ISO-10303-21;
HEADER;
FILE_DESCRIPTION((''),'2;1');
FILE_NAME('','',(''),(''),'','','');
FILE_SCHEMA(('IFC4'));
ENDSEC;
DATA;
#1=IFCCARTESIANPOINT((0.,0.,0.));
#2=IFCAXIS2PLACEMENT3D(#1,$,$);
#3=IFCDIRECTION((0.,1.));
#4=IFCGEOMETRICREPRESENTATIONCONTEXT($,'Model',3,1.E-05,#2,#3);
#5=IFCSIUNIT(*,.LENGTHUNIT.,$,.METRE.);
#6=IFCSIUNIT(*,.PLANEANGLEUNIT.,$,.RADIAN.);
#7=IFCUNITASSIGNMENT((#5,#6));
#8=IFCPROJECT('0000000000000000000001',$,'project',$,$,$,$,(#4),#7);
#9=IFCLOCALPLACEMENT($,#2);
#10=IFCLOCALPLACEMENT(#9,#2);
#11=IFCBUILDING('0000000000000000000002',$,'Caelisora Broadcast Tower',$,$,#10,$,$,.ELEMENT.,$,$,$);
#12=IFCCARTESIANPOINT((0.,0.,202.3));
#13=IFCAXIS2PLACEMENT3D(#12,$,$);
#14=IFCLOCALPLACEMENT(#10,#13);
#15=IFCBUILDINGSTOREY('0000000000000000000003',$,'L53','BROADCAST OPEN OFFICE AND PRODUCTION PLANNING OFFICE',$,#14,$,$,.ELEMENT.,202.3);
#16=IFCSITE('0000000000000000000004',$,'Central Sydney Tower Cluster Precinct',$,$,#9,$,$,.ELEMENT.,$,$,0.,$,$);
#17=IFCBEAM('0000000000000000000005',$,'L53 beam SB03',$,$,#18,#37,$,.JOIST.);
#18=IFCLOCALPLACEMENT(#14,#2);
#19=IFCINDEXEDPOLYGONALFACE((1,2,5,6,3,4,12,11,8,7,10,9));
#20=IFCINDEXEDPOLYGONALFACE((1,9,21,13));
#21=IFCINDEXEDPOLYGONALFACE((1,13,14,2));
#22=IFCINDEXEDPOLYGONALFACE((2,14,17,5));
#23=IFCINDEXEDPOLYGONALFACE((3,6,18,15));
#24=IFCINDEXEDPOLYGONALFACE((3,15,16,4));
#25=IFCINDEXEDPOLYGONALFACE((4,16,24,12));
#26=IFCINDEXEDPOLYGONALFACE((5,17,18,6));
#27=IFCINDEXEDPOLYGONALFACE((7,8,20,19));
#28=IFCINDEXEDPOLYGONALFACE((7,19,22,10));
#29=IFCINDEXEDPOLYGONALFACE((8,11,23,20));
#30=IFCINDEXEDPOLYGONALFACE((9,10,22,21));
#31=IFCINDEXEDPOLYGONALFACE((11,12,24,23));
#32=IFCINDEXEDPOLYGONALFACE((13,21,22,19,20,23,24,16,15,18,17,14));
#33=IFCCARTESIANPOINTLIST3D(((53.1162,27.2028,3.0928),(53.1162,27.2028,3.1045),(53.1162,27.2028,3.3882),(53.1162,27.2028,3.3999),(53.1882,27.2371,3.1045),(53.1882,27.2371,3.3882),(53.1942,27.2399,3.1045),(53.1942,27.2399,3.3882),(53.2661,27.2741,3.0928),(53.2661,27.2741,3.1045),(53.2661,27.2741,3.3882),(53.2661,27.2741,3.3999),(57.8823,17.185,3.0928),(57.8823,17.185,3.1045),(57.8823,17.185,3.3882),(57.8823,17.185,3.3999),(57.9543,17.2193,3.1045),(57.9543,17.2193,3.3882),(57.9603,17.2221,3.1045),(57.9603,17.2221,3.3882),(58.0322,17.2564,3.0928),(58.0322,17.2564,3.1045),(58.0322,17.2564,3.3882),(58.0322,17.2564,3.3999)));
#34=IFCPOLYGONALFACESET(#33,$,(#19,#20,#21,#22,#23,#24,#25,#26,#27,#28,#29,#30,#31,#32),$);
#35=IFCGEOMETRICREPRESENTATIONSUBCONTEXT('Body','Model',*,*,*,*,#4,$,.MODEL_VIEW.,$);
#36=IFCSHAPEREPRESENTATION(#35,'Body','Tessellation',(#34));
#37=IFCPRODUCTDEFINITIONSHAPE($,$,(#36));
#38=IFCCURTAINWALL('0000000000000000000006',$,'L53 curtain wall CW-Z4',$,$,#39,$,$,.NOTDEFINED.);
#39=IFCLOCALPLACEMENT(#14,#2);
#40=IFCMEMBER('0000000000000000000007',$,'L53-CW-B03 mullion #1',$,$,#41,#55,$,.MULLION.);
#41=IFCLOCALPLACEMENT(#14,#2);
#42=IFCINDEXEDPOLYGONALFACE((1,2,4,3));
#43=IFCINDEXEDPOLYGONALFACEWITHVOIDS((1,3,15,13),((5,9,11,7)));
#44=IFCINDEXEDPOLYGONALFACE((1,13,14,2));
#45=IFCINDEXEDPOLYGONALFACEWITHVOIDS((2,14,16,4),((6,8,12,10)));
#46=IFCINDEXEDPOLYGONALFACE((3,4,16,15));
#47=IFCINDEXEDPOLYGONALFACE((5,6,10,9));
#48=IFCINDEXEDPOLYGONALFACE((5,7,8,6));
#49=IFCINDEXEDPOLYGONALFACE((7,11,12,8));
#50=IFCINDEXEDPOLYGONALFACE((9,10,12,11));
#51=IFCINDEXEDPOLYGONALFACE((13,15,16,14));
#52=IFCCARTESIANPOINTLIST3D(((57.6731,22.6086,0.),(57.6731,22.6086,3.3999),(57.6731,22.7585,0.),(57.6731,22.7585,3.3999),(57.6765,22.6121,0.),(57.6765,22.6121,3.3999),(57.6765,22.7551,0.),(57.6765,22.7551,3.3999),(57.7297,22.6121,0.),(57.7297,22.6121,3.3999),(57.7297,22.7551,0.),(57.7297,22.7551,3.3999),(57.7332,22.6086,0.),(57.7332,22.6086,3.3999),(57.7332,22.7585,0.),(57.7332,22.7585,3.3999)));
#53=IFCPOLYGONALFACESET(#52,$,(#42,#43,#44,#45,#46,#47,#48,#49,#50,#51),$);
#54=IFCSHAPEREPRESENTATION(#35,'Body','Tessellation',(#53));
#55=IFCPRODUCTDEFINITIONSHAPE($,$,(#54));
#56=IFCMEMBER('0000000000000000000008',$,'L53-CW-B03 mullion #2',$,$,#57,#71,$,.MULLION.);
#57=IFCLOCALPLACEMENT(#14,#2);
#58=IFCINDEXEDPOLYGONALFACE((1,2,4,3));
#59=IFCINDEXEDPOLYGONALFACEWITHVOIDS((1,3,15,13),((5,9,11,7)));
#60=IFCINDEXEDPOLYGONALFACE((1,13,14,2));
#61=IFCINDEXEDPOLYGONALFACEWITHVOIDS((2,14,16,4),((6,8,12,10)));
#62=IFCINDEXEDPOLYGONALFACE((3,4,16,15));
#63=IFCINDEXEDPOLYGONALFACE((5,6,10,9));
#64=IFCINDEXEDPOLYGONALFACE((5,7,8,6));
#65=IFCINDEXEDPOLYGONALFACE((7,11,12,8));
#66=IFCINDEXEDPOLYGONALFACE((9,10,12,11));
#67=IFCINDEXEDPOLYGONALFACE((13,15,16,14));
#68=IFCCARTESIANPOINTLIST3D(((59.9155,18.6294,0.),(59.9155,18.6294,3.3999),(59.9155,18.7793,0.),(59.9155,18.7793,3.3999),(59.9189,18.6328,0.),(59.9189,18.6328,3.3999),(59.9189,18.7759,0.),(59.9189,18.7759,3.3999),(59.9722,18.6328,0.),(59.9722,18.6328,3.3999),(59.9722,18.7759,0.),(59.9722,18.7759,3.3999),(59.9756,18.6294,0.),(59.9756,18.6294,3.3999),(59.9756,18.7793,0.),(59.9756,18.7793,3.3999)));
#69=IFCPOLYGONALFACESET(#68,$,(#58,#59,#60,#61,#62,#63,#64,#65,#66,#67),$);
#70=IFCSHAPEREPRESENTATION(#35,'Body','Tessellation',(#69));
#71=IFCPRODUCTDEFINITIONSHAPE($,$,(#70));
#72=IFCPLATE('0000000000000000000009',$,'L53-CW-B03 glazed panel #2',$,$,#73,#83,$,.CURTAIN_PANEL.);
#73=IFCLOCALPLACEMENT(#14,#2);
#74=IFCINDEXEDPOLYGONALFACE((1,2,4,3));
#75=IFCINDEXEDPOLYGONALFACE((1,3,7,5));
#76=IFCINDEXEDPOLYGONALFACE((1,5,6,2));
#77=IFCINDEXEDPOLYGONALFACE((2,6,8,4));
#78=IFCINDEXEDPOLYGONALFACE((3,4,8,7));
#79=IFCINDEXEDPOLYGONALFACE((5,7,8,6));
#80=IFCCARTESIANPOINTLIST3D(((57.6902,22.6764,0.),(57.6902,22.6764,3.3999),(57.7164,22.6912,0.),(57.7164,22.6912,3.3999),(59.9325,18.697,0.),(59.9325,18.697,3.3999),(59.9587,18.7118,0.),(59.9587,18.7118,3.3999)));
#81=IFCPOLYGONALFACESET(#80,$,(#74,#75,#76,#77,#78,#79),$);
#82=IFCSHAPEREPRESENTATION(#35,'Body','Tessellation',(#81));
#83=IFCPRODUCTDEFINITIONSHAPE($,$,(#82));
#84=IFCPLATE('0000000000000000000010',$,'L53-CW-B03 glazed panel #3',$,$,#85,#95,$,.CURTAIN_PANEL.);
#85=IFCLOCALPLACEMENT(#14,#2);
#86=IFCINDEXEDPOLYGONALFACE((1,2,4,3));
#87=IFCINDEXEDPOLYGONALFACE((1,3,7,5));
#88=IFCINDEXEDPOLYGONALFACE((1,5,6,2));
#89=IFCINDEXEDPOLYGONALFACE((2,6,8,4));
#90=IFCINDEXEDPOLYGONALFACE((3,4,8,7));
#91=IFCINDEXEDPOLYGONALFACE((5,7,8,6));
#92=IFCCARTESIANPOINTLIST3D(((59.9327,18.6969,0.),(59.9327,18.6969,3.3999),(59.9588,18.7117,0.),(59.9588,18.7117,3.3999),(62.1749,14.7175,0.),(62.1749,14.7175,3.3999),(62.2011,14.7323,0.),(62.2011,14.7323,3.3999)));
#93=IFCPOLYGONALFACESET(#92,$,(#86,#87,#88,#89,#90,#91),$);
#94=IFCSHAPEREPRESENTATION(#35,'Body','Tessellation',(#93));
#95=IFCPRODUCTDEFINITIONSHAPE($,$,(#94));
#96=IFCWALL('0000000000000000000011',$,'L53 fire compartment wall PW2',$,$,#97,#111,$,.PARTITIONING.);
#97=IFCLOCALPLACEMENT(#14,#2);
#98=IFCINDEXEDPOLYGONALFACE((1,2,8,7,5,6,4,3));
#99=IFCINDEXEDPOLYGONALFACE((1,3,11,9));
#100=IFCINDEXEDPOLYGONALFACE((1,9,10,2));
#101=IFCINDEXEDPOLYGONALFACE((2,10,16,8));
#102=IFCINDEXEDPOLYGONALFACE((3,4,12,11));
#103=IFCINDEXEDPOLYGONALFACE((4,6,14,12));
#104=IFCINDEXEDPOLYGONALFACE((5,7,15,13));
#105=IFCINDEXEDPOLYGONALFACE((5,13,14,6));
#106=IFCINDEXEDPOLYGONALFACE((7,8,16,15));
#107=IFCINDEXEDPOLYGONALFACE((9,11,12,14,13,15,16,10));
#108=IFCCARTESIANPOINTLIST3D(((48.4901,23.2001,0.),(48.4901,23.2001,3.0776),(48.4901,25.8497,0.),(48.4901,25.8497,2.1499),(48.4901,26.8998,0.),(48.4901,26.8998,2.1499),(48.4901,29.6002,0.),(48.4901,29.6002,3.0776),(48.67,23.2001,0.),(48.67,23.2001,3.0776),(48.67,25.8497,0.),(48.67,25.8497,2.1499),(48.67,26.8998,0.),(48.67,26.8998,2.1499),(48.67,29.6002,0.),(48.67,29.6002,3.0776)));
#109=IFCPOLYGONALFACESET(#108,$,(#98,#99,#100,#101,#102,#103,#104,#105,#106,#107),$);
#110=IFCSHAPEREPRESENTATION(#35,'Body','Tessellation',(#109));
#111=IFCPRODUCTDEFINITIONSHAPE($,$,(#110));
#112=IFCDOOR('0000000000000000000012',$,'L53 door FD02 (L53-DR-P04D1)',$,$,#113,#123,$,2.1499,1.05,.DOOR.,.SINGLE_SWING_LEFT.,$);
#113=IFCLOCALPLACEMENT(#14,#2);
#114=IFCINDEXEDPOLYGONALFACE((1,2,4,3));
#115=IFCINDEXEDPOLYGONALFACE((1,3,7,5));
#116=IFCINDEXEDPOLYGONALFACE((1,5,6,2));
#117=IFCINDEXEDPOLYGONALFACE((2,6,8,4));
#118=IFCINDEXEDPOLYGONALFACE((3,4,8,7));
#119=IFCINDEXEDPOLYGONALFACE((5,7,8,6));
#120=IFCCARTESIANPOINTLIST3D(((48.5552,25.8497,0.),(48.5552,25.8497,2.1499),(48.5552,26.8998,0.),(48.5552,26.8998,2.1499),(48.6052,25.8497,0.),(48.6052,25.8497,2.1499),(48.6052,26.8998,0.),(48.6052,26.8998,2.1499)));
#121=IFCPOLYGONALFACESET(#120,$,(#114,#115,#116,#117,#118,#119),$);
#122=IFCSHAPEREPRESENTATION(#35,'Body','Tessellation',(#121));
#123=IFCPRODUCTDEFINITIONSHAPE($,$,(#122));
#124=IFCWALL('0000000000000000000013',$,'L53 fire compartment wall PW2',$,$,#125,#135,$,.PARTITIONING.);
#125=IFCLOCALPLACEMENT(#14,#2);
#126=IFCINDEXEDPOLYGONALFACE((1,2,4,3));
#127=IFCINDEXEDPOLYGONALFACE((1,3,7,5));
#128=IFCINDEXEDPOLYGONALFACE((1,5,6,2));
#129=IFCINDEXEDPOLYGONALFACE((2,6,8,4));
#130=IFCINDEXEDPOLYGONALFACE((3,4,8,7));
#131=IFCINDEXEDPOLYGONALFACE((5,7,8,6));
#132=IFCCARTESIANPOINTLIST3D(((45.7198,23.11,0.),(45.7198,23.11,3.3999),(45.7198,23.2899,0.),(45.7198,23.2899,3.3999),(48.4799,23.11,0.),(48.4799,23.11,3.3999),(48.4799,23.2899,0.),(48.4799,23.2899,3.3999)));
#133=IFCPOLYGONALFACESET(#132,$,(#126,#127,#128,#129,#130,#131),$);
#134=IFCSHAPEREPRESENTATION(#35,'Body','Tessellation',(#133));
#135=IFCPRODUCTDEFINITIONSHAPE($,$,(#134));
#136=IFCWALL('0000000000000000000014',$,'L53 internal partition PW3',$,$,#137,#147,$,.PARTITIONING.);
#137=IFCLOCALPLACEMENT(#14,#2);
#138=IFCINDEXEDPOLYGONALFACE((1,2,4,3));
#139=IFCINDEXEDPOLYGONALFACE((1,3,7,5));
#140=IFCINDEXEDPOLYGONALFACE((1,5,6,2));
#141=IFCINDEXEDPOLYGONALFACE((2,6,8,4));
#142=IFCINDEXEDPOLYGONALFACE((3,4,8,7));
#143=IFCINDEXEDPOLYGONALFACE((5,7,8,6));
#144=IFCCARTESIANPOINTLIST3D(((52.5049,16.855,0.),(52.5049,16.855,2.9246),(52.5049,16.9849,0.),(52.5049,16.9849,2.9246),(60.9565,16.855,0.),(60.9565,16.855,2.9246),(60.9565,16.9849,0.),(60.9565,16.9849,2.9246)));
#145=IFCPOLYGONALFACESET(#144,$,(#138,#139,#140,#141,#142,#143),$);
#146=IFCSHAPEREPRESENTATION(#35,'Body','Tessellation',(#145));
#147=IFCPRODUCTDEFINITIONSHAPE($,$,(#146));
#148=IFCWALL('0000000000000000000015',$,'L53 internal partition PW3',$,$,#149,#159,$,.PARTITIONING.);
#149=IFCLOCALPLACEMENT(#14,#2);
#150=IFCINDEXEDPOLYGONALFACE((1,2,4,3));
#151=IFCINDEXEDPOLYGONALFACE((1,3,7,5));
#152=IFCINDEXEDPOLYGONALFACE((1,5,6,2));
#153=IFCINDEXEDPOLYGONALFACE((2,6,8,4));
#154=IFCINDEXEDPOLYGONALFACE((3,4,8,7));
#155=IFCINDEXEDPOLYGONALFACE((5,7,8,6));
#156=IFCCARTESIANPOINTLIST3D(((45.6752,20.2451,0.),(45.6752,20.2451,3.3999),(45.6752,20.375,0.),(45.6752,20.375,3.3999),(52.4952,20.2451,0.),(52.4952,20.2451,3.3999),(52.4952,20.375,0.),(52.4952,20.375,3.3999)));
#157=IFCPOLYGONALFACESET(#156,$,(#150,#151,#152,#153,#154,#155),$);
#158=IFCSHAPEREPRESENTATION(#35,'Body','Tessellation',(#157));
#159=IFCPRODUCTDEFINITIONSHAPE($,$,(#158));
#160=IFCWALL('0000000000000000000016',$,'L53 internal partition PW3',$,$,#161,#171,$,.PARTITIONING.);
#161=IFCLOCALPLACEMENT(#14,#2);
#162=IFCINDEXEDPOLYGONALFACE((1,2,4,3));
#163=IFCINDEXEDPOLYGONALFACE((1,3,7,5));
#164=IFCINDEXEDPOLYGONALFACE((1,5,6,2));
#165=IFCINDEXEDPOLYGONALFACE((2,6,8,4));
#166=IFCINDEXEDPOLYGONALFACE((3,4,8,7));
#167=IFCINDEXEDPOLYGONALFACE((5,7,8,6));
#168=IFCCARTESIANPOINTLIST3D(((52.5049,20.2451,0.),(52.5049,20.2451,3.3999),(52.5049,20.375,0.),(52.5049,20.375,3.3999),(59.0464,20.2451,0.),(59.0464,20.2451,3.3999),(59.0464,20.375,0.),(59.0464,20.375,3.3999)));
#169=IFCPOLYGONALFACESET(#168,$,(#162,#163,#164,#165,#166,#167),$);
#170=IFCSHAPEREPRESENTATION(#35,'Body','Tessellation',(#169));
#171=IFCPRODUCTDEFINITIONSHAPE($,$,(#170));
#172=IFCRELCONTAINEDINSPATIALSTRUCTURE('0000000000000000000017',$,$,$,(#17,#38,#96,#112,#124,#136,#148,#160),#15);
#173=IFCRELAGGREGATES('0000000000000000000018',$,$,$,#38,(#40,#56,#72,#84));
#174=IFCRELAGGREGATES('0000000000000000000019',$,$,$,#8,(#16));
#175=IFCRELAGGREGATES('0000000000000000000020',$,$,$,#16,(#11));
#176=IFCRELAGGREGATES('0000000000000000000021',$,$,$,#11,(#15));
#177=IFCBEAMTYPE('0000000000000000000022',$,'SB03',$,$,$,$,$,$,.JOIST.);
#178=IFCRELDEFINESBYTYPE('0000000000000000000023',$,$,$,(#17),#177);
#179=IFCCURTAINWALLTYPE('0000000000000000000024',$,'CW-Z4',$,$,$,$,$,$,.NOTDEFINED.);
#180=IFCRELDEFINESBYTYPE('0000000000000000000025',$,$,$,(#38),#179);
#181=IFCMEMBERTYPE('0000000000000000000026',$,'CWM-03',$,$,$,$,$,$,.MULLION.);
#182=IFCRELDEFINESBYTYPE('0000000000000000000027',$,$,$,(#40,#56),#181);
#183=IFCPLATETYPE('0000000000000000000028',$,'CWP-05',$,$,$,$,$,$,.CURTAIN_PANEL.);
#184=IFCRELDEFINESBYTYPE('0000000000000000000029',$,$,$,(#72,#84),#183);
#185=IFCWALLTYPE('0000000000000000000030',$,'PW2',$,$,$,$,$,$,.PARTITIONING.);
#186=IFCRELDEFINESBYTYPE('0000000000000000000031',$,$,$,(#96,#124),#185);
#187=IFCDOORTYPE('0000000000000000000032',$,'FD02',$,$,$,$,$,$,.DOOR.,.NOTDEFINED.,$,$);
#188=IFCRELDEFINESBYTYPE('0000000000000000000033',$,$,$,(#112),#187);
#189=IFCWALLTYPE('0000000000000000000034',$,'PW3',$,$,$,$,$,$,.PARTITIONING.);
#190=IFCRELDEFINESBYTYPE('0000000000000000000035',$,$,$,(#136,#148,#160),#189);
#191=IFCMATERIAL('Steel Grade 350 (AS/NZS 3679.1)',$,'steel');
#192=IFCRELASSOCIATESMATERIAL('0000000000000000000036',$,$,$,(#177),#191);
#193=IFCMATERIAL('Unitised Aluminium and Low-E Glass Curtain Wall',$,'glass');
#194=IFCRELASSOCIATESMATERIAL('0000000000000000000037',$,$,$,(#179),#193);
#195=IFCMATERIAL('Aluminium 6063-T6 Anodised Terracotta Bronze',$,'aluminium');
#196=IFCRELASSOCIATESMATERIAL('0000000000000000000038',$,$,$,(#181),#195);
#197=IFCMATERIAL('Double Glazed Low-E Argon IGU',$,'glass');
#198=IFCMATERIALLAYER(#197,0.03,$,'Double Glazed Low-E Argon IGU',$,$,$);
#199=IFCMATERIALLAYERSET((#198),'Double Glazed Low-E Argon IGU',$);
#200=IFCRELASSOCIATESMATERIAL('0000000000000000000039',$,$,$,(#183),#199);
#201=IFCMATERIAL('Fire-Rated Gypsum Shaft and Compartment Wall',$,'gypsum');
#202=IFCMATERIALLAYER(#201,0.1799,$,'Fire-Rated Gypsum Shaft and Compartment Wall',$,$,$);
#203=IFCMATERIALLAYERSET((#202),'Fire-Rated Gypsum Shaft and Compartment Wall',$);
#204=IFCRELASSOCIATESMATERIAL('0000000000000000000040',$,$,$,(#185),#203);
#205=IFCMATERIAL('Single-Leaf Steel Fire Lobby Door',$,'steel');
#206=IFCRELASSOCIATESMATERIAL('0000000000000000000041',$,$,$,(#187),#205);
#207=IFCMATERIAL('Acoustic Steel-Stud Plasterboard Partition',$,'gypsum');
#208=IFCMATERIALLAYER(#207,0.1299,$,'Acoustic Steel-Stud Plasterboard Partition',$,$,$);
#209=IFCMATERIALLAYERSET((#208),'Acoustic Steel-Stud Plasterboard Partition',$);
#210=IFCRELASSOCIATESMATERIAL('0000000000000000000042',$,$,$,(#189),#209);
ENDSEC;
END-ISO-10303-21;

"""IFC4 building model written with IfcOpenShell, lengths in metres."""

from ifc_helpers import new_model, si_unit, direction, frame, frame_2d, origin, origin_2d, place, context, subcontext, project, spatial, rectangle, hollow_rectangle, i_section, extrude, source, transform, mapped, material, layer, layer_set, material_profile, profile_set, type_object, type_shapes, element, fill, aggregate, save


model = new_model("IFC4")

# Units and contexts
model_context = context("Model", 3, precision=1e-05, world=origin(), true_north=direction((0.0, 1.0)))
body_context = subcontext(model_context, "Body", "Model", "MODEL_VIEW")
ifc_project = project(units=[si_unit("LENGTHUNIT", "METRE"), si_unit("PLANEANGLEUNIT", "RADIAN")], contexts=[model_context])

# Site, building, storey
site_placement = place(None, origin())
site = spatial("IfcSite", under=ifc_project, at=site_placement, Name="Central Sydney Tower Cluster Precinct", CompositionType="ELEMENT", RefElevation=0.0)
building_placement = place(site_placement, origin())
building = spatial("IfcBuilding", under=site, at=building_placement, Name="Caelisora Broadcast Tower", CompositionType="ELEMENT")
storey_placement = place(building_placement, frame((0.0, 0.0, 202.3)))
storey = spatial("IfcBuildingStorey", under=building, at=storey_placement, Name="L53", Description="BROADCAST OPEN OFFICE AND PRODUCTION PLANNING OFFICE", CompositionType="ELEMENT", Elevation=202.3)

# Beam
ifc_material_1 = material(Name="Steel Grade 350 (AS/NZS 3679.1)", Category="steel")
ifc_material_profile_1 = material_profile(ifc_material_1, i_section(OverallWidth=0.166, OverallDepth=0.3071, WebThickness=0.0066, FlangeThickness=0.0117, at=origin_2d()), Name="Steel Grade 350 (AS/NZS 3679.1)")
ifc_profile_set_1 = profile_set([ifc_material_profile_1], Name="Steel Grade 350 (AS/NZS 3679.1)")
beam_type_1 = type_object("IfcBeamType", Name="SB03", PredefinedType="JOIST", material=ifc_profile_set_1)
shared_shape_1 = source(origin(), body_context, "Body", "SweptSolid", [
    extrude(i_section(OverallWidth=0.166, OverallDepth=0.3071, WebThickness=0.0066, FlangeThickness=0.0117, at=origin_2d()), origin(), (0.0, 0.0, 1.0), 11.0938),
])
beam_1_placement = place(storey_placement, frame((57.9573, 17.2207, 3.2463), z_axis=(-0.429619, 0.90301, 0.0), x_axis=(-0.90301, -0.429619, 0.0)))
element("IfcBeam", 1, at=beam_1_placement, inside=storey, type_object=beam_type_1, Name="L53 beam SB03", PredefinedType="JOIST", context=body_context, shape_type="MappedRepresentation", body=[
    mapped(shared_shape_1, transform((0.0, 0.0, 0.0), scale=1.0)),
])

# Curtain wall, members, plates
ifc_material_2 = material(Name="Unitised Aluminium and Low-E Glass Curtain Wall", Category="glass")
curtain_wall_type = type_object("IfcCurtainWallType", Name="CW-Z4", PredefinedType="NOTDEFINED", material=ifc_material_2)
curtain_wall_placement = place(storey_placement, origin())
curtain_wall = element("IfcCurtainWall", 2, at=curtain_wall_placement, inside=storey, type_object=curtain_wall_type, Name="L53 curtain wall CW-Z4", PredefinedType="NOTDEFINED")
ifc_material_3 = material(Name="Aluminium 6063-T6 Anodised Terracotta Bronze", Category="aluminium")
ifc_material_profile_2 = material_profile(ifc_material_3, hollow_rectangle(XDim=0.0601, YDim=0.1499, WallThickness=0.0034, at=origin_2d()), Name="Aluminium 6063-T6 Anodised Terracotta Bronze")
ifc_profile_set_2 = profile_set([ifc_material_profile_2], Name="Aluminium 6063-T6 Anodised Terracotta Bronze")
member_type = type_object("IfcMemberType", Name="CWM-03", PredefinedType="MULLION", material=ifc_profile_set_2)
shared_shape_2 = source(origin(), body_context, "Body", "SweptSolid", [
    extrude(hollow_rectangle(XDim=0.0601, YDim=0.1499, WallThickness=0.0034, at=origin_2d()), origin(), (0.0, 0.0, 1.0), 3.3999),
])
type_shapes(member_type, [shared_shape_2])
member_1_placement = place(storey_placement, frame((57.7031, 22.6836, 0.0), z_axis=(0.0, 0.0, 1.0), x_axis=(1.0, 0.0, 0.0)))
member_1 = element("IfcMember", 3, at=member_1_placement, type_object=member_type, Name="L53-CW-B03 mullion #1", PredefinedType="MULLION", context=body_context, shape_type="MappedRepresentation", body=[
    mapped(shared_shape_2, transform((0.0, 0.0, 0.0), scale=1.0)),
])
member_2_placement = place(storey_placement, frame((59.9456, 18.7043, 0.0), z_axis=(0.0, 0.0, 1.0), x_axis=(1.0, 0.0, 0.0)))
member_2 = element("IfcMember", 4, at=member_2_placement, type_object=member_type, Name="L53-CW-B03 mullion #2", PredefinedType="MULLION", context=body_context, shape_type="MappedRepresentation", body=[
    mapped(shared_shape_2, transform((0.0, 0.0, 0.0), scale=1.0)),
])
ifc_material_4 = material(Name="Double Glazed Low-E Argon IGU", Category="glass")
ifc_layer_1 = layer(ifc_material_4, 0.03, Name="Double Glazed Low-E Argon IGU")
ifc_layer_set_1 = layer_set([ifc_layer_1], Name="Double Glazed Low-E Argon IGU")
plate_type = type_object("IfcPlateType", Name="CWP-05", PredefinedType="CURTAIN_PANEL", material=ifc_layer_set_1)
shared_shape_3 = source(origin(), body_context, "Body", "SweptSolid", [
    extrude(rectangle(XDim=4.5676, YDim=0.03, at=origin_2d()), origin(), (0.0, 0.0, 1.0), 3.3999),
])
type_shapes(plate_type, [shared_shape_3])
plate_1_placement = place(storey_placement, frame((58.8245, 20.6941, 0.0), z_axis=(0.0, 0.0, 1.0), x_axis=(0.490904, -0.871214, 0.0)))
plate_1 = element("IfcPlate", 5, at=plate_1_placement, type_object=plate_type, Name="L53-CW-B03 glazed panel #2", PredefinedType="CURTAIN_PANEL", context=body_context, shape_type="MappedRepresentation", body=[
    mapped(shared_shape_3, transform((0.0, 0.0, 0.0), scale=1.0)),
])
plate_2_placement = place(storey_placement, frame((61.0669, 16.7146, 0.0), z_axis=(0.0, 0.0, 1.0), x_axis=(0.490904, -0.871214, 0.0)))
plate_2 = element("IfcPlate", 6, at=plate_2_placement, type_object=plate_type, Name="L53-CW-B03 glazed panel #3", PredefinedType="CURTAIN_PANEL", context=body_context, shape_type="MappedRepresentation", body=[
    mapped(shared_shape_3, transform((0.0, 0.0, 0.0), scale=1.0)),
])
aggregate(curtain_wall, [member_1, member_2, plate_1, plate_2])

# Wall, opening, door
ifc_material_5 = material(Name="Fire-Rated Gypsum Shaft and Compartment Wall", Category="gypsum")
ifc_layer_2 = layer(ifc_material_5, 0.1799, Name="Fire-Rated Gypsum Shaft and Compartment Wall")
ifc_layer_set_2 = layer_set([ifc_layer_2], Name="Fire-Rated Gypsum Shaft and Compartment Wall")
wall_type_1 = type_object("IfcWallType", Name="PW2", PredefinedType="PARTITIONING", material=ifc_layer_set_2)
wall_1_placement = place(storey_placement, frame((48.5801, 23.2, 0.0), z_axis=(0.0, 0.0, 1.0), x_axis=(0.0, 1.0, 0.0)))
wall_1 = element("IfcWall", 7, at=wall_1_placement, inside=storey, type_object=wall_type_1, Name="L53 fire compartment wall PW2", PredefinedType="PARTITIONING", context=body_context, shape_type="SweptSolid", body=[
    extrude(rectangle(XDim=6.4001, YDim=0.1799, at=frame_2d((3.2002, 0.0))), origin(), (0.0, 0.0, 1.0), 3.0776),
])
opening_1_placement = place(wall_1_placement, frame((2.6499, 0.0, 0.0)))
opening_1 = element("IfcOpeningElement", 8, at=opening_1_placement, cuts=wall_1, PredefinedType="OPENING", context=body_context, shape_type="SweptSolid", body=[
    extrude(rectangle(XDim=1.05, YDim=2.1499, at=frame_2d((0.5249, 1.075))), frame((0.0, 0.1021, 0.0), z_axis=(0.0, -1.0, 0.0), x_axis=(1.0, 0.0, 0.0)), (0.0, 0.0, 1.0), 0.2039),
])
ifc_material_6 = material(Name="Single-Leaf Steel Fire Lobby Door", Category="steel")
door_type_1 = type_object("IfcDoorType", Name="FD02", OperationType="NOTDEFINED", PredefinedType="DOOR", material=ifc_material_6)
door_1_placement = place(opening_1_placement, origin())
door_1 = element("IfcDoor", 9, at=door_1_placement, inside=storey, type_object=door_type_1, Name="L53 door FD02 (L53-DR-P04D1)", OperationType="SINGLE_SWING_LEFT", OverallHeight=2.1499, OverallWidth=1.05, PredefinedType="DOOR", context=body_context, shape_type="SweptSolid", body=[
    extrude(rectangle(XDim=1.05, YDim=2.1499, at=frame_2d((0.5249, 1.075))), frame((0.0, 0.0249, 0.0), z_axis=(0.0, -1.0, 0.0), x_axis=(1.0, 0.0, 0.0)), (0.0, 0.0, 1.0), 0.05),
])
fill(opening_1, door_1)

# Walls
wall_2_placement = place(storey_placement, frame((45.72, 23.2, 0.0), z_axis=(0.0, 0.0, 1.0), x_axis=(1.0, 0.0, 0.0)))
element("IfcWall", 10, at=wall_2_placement, inside=storey, type_object=wall_type_1, Name="L53 fire compartment wall PW2", PredefinedType="PARTITIONING", context=body_context, shape_type="SweptSolid", body=[
    extrude(rectangle(XDim=2.76, YDim=0.1799, at=frame_2d((1.3799, 0.0))), origin(), (0.0, 0.0, 1.0), 3.3999),
])
ifc_material_7 = material(Name="Acoustic Steel-Stud Plasterboard Partition", Category="gypsum")
ifc_layer_3 = layer(ifc_material_7, 0.1299, Name="Acoustic Steel-Stud Plasterboard Partition")
ifc_layer_set_3 = layer_set([ifc_layer_3], Name="Acoustic Steel-Stud Plasterboard Partition")
wall_type_2 = type_object("IfcWallType", Name="PW3", PredefinedType="PARTITIONING", material=ifc_layer_set_3)
wall_3_placement = place(storey_placement, frame((52.5049, 16.9199, 0.0), z_axis=(0.0, 0.0, 1.0), x_axis=(1.0, 0.0, 0.0)))
element("IfcWall", 11, at=wall_3_placement, inside=storey, type_object=wall_type_2, Name="L53 internal partition PW3", PredefinedType="PARTITIONING", context=body_context, shape_type="SweptSolid", body=[
    extrude(rectangle(XDim=8.4517, YDim=0.1299, at=frame_2d((4.2258, 0.0))), origin(), (0.0, 0.0, 1.0), 2.9246),
])
wall_4_placement = place(storey_placement, frame((45.675, 20.3101, 0.0), z_axis=(0.0, 0.0, 1.0), x_axis=(1.0, 0.0, 0.0)))
element("IfcWall", 12, at=wall_4_placement, inside=storey, type_object=wall_type_2, Name="L53 internal partition PW3", PredefinedType="PARTITIONING", context=body_context, shape_type="SweptSolid", body=[
    extrude(rectangle(XDim=6.8201, YDim=0.1299, at=frame_2d((3.4102, 0.0))), origin(), (0.0, 0.0, 1.0), 3.3999),
])
wall_5_placement = place(storey_placement, frame((52.5049, 20.3101, 0.0), z_axis=(0.0, 0.0, 1.0), x_axis=(1.0, 0.0, 0.0)))
element("IfcWall", 13, at=wall_5_placement, inside=storey, type_object=wall_type_2, Name="L53 internal partition PW3", PredefinedType="PARTITIONING", context=body_context, shape_type="SweptSolid", body=[
    extrude(rectangle(XDim=6.5415, YDim=0.1299, at=frame_2d((3.2708, 0.0))), origin(), (0.0, 0.0, 1.0), 3.3999),
])

save(model, "model.ifc")
